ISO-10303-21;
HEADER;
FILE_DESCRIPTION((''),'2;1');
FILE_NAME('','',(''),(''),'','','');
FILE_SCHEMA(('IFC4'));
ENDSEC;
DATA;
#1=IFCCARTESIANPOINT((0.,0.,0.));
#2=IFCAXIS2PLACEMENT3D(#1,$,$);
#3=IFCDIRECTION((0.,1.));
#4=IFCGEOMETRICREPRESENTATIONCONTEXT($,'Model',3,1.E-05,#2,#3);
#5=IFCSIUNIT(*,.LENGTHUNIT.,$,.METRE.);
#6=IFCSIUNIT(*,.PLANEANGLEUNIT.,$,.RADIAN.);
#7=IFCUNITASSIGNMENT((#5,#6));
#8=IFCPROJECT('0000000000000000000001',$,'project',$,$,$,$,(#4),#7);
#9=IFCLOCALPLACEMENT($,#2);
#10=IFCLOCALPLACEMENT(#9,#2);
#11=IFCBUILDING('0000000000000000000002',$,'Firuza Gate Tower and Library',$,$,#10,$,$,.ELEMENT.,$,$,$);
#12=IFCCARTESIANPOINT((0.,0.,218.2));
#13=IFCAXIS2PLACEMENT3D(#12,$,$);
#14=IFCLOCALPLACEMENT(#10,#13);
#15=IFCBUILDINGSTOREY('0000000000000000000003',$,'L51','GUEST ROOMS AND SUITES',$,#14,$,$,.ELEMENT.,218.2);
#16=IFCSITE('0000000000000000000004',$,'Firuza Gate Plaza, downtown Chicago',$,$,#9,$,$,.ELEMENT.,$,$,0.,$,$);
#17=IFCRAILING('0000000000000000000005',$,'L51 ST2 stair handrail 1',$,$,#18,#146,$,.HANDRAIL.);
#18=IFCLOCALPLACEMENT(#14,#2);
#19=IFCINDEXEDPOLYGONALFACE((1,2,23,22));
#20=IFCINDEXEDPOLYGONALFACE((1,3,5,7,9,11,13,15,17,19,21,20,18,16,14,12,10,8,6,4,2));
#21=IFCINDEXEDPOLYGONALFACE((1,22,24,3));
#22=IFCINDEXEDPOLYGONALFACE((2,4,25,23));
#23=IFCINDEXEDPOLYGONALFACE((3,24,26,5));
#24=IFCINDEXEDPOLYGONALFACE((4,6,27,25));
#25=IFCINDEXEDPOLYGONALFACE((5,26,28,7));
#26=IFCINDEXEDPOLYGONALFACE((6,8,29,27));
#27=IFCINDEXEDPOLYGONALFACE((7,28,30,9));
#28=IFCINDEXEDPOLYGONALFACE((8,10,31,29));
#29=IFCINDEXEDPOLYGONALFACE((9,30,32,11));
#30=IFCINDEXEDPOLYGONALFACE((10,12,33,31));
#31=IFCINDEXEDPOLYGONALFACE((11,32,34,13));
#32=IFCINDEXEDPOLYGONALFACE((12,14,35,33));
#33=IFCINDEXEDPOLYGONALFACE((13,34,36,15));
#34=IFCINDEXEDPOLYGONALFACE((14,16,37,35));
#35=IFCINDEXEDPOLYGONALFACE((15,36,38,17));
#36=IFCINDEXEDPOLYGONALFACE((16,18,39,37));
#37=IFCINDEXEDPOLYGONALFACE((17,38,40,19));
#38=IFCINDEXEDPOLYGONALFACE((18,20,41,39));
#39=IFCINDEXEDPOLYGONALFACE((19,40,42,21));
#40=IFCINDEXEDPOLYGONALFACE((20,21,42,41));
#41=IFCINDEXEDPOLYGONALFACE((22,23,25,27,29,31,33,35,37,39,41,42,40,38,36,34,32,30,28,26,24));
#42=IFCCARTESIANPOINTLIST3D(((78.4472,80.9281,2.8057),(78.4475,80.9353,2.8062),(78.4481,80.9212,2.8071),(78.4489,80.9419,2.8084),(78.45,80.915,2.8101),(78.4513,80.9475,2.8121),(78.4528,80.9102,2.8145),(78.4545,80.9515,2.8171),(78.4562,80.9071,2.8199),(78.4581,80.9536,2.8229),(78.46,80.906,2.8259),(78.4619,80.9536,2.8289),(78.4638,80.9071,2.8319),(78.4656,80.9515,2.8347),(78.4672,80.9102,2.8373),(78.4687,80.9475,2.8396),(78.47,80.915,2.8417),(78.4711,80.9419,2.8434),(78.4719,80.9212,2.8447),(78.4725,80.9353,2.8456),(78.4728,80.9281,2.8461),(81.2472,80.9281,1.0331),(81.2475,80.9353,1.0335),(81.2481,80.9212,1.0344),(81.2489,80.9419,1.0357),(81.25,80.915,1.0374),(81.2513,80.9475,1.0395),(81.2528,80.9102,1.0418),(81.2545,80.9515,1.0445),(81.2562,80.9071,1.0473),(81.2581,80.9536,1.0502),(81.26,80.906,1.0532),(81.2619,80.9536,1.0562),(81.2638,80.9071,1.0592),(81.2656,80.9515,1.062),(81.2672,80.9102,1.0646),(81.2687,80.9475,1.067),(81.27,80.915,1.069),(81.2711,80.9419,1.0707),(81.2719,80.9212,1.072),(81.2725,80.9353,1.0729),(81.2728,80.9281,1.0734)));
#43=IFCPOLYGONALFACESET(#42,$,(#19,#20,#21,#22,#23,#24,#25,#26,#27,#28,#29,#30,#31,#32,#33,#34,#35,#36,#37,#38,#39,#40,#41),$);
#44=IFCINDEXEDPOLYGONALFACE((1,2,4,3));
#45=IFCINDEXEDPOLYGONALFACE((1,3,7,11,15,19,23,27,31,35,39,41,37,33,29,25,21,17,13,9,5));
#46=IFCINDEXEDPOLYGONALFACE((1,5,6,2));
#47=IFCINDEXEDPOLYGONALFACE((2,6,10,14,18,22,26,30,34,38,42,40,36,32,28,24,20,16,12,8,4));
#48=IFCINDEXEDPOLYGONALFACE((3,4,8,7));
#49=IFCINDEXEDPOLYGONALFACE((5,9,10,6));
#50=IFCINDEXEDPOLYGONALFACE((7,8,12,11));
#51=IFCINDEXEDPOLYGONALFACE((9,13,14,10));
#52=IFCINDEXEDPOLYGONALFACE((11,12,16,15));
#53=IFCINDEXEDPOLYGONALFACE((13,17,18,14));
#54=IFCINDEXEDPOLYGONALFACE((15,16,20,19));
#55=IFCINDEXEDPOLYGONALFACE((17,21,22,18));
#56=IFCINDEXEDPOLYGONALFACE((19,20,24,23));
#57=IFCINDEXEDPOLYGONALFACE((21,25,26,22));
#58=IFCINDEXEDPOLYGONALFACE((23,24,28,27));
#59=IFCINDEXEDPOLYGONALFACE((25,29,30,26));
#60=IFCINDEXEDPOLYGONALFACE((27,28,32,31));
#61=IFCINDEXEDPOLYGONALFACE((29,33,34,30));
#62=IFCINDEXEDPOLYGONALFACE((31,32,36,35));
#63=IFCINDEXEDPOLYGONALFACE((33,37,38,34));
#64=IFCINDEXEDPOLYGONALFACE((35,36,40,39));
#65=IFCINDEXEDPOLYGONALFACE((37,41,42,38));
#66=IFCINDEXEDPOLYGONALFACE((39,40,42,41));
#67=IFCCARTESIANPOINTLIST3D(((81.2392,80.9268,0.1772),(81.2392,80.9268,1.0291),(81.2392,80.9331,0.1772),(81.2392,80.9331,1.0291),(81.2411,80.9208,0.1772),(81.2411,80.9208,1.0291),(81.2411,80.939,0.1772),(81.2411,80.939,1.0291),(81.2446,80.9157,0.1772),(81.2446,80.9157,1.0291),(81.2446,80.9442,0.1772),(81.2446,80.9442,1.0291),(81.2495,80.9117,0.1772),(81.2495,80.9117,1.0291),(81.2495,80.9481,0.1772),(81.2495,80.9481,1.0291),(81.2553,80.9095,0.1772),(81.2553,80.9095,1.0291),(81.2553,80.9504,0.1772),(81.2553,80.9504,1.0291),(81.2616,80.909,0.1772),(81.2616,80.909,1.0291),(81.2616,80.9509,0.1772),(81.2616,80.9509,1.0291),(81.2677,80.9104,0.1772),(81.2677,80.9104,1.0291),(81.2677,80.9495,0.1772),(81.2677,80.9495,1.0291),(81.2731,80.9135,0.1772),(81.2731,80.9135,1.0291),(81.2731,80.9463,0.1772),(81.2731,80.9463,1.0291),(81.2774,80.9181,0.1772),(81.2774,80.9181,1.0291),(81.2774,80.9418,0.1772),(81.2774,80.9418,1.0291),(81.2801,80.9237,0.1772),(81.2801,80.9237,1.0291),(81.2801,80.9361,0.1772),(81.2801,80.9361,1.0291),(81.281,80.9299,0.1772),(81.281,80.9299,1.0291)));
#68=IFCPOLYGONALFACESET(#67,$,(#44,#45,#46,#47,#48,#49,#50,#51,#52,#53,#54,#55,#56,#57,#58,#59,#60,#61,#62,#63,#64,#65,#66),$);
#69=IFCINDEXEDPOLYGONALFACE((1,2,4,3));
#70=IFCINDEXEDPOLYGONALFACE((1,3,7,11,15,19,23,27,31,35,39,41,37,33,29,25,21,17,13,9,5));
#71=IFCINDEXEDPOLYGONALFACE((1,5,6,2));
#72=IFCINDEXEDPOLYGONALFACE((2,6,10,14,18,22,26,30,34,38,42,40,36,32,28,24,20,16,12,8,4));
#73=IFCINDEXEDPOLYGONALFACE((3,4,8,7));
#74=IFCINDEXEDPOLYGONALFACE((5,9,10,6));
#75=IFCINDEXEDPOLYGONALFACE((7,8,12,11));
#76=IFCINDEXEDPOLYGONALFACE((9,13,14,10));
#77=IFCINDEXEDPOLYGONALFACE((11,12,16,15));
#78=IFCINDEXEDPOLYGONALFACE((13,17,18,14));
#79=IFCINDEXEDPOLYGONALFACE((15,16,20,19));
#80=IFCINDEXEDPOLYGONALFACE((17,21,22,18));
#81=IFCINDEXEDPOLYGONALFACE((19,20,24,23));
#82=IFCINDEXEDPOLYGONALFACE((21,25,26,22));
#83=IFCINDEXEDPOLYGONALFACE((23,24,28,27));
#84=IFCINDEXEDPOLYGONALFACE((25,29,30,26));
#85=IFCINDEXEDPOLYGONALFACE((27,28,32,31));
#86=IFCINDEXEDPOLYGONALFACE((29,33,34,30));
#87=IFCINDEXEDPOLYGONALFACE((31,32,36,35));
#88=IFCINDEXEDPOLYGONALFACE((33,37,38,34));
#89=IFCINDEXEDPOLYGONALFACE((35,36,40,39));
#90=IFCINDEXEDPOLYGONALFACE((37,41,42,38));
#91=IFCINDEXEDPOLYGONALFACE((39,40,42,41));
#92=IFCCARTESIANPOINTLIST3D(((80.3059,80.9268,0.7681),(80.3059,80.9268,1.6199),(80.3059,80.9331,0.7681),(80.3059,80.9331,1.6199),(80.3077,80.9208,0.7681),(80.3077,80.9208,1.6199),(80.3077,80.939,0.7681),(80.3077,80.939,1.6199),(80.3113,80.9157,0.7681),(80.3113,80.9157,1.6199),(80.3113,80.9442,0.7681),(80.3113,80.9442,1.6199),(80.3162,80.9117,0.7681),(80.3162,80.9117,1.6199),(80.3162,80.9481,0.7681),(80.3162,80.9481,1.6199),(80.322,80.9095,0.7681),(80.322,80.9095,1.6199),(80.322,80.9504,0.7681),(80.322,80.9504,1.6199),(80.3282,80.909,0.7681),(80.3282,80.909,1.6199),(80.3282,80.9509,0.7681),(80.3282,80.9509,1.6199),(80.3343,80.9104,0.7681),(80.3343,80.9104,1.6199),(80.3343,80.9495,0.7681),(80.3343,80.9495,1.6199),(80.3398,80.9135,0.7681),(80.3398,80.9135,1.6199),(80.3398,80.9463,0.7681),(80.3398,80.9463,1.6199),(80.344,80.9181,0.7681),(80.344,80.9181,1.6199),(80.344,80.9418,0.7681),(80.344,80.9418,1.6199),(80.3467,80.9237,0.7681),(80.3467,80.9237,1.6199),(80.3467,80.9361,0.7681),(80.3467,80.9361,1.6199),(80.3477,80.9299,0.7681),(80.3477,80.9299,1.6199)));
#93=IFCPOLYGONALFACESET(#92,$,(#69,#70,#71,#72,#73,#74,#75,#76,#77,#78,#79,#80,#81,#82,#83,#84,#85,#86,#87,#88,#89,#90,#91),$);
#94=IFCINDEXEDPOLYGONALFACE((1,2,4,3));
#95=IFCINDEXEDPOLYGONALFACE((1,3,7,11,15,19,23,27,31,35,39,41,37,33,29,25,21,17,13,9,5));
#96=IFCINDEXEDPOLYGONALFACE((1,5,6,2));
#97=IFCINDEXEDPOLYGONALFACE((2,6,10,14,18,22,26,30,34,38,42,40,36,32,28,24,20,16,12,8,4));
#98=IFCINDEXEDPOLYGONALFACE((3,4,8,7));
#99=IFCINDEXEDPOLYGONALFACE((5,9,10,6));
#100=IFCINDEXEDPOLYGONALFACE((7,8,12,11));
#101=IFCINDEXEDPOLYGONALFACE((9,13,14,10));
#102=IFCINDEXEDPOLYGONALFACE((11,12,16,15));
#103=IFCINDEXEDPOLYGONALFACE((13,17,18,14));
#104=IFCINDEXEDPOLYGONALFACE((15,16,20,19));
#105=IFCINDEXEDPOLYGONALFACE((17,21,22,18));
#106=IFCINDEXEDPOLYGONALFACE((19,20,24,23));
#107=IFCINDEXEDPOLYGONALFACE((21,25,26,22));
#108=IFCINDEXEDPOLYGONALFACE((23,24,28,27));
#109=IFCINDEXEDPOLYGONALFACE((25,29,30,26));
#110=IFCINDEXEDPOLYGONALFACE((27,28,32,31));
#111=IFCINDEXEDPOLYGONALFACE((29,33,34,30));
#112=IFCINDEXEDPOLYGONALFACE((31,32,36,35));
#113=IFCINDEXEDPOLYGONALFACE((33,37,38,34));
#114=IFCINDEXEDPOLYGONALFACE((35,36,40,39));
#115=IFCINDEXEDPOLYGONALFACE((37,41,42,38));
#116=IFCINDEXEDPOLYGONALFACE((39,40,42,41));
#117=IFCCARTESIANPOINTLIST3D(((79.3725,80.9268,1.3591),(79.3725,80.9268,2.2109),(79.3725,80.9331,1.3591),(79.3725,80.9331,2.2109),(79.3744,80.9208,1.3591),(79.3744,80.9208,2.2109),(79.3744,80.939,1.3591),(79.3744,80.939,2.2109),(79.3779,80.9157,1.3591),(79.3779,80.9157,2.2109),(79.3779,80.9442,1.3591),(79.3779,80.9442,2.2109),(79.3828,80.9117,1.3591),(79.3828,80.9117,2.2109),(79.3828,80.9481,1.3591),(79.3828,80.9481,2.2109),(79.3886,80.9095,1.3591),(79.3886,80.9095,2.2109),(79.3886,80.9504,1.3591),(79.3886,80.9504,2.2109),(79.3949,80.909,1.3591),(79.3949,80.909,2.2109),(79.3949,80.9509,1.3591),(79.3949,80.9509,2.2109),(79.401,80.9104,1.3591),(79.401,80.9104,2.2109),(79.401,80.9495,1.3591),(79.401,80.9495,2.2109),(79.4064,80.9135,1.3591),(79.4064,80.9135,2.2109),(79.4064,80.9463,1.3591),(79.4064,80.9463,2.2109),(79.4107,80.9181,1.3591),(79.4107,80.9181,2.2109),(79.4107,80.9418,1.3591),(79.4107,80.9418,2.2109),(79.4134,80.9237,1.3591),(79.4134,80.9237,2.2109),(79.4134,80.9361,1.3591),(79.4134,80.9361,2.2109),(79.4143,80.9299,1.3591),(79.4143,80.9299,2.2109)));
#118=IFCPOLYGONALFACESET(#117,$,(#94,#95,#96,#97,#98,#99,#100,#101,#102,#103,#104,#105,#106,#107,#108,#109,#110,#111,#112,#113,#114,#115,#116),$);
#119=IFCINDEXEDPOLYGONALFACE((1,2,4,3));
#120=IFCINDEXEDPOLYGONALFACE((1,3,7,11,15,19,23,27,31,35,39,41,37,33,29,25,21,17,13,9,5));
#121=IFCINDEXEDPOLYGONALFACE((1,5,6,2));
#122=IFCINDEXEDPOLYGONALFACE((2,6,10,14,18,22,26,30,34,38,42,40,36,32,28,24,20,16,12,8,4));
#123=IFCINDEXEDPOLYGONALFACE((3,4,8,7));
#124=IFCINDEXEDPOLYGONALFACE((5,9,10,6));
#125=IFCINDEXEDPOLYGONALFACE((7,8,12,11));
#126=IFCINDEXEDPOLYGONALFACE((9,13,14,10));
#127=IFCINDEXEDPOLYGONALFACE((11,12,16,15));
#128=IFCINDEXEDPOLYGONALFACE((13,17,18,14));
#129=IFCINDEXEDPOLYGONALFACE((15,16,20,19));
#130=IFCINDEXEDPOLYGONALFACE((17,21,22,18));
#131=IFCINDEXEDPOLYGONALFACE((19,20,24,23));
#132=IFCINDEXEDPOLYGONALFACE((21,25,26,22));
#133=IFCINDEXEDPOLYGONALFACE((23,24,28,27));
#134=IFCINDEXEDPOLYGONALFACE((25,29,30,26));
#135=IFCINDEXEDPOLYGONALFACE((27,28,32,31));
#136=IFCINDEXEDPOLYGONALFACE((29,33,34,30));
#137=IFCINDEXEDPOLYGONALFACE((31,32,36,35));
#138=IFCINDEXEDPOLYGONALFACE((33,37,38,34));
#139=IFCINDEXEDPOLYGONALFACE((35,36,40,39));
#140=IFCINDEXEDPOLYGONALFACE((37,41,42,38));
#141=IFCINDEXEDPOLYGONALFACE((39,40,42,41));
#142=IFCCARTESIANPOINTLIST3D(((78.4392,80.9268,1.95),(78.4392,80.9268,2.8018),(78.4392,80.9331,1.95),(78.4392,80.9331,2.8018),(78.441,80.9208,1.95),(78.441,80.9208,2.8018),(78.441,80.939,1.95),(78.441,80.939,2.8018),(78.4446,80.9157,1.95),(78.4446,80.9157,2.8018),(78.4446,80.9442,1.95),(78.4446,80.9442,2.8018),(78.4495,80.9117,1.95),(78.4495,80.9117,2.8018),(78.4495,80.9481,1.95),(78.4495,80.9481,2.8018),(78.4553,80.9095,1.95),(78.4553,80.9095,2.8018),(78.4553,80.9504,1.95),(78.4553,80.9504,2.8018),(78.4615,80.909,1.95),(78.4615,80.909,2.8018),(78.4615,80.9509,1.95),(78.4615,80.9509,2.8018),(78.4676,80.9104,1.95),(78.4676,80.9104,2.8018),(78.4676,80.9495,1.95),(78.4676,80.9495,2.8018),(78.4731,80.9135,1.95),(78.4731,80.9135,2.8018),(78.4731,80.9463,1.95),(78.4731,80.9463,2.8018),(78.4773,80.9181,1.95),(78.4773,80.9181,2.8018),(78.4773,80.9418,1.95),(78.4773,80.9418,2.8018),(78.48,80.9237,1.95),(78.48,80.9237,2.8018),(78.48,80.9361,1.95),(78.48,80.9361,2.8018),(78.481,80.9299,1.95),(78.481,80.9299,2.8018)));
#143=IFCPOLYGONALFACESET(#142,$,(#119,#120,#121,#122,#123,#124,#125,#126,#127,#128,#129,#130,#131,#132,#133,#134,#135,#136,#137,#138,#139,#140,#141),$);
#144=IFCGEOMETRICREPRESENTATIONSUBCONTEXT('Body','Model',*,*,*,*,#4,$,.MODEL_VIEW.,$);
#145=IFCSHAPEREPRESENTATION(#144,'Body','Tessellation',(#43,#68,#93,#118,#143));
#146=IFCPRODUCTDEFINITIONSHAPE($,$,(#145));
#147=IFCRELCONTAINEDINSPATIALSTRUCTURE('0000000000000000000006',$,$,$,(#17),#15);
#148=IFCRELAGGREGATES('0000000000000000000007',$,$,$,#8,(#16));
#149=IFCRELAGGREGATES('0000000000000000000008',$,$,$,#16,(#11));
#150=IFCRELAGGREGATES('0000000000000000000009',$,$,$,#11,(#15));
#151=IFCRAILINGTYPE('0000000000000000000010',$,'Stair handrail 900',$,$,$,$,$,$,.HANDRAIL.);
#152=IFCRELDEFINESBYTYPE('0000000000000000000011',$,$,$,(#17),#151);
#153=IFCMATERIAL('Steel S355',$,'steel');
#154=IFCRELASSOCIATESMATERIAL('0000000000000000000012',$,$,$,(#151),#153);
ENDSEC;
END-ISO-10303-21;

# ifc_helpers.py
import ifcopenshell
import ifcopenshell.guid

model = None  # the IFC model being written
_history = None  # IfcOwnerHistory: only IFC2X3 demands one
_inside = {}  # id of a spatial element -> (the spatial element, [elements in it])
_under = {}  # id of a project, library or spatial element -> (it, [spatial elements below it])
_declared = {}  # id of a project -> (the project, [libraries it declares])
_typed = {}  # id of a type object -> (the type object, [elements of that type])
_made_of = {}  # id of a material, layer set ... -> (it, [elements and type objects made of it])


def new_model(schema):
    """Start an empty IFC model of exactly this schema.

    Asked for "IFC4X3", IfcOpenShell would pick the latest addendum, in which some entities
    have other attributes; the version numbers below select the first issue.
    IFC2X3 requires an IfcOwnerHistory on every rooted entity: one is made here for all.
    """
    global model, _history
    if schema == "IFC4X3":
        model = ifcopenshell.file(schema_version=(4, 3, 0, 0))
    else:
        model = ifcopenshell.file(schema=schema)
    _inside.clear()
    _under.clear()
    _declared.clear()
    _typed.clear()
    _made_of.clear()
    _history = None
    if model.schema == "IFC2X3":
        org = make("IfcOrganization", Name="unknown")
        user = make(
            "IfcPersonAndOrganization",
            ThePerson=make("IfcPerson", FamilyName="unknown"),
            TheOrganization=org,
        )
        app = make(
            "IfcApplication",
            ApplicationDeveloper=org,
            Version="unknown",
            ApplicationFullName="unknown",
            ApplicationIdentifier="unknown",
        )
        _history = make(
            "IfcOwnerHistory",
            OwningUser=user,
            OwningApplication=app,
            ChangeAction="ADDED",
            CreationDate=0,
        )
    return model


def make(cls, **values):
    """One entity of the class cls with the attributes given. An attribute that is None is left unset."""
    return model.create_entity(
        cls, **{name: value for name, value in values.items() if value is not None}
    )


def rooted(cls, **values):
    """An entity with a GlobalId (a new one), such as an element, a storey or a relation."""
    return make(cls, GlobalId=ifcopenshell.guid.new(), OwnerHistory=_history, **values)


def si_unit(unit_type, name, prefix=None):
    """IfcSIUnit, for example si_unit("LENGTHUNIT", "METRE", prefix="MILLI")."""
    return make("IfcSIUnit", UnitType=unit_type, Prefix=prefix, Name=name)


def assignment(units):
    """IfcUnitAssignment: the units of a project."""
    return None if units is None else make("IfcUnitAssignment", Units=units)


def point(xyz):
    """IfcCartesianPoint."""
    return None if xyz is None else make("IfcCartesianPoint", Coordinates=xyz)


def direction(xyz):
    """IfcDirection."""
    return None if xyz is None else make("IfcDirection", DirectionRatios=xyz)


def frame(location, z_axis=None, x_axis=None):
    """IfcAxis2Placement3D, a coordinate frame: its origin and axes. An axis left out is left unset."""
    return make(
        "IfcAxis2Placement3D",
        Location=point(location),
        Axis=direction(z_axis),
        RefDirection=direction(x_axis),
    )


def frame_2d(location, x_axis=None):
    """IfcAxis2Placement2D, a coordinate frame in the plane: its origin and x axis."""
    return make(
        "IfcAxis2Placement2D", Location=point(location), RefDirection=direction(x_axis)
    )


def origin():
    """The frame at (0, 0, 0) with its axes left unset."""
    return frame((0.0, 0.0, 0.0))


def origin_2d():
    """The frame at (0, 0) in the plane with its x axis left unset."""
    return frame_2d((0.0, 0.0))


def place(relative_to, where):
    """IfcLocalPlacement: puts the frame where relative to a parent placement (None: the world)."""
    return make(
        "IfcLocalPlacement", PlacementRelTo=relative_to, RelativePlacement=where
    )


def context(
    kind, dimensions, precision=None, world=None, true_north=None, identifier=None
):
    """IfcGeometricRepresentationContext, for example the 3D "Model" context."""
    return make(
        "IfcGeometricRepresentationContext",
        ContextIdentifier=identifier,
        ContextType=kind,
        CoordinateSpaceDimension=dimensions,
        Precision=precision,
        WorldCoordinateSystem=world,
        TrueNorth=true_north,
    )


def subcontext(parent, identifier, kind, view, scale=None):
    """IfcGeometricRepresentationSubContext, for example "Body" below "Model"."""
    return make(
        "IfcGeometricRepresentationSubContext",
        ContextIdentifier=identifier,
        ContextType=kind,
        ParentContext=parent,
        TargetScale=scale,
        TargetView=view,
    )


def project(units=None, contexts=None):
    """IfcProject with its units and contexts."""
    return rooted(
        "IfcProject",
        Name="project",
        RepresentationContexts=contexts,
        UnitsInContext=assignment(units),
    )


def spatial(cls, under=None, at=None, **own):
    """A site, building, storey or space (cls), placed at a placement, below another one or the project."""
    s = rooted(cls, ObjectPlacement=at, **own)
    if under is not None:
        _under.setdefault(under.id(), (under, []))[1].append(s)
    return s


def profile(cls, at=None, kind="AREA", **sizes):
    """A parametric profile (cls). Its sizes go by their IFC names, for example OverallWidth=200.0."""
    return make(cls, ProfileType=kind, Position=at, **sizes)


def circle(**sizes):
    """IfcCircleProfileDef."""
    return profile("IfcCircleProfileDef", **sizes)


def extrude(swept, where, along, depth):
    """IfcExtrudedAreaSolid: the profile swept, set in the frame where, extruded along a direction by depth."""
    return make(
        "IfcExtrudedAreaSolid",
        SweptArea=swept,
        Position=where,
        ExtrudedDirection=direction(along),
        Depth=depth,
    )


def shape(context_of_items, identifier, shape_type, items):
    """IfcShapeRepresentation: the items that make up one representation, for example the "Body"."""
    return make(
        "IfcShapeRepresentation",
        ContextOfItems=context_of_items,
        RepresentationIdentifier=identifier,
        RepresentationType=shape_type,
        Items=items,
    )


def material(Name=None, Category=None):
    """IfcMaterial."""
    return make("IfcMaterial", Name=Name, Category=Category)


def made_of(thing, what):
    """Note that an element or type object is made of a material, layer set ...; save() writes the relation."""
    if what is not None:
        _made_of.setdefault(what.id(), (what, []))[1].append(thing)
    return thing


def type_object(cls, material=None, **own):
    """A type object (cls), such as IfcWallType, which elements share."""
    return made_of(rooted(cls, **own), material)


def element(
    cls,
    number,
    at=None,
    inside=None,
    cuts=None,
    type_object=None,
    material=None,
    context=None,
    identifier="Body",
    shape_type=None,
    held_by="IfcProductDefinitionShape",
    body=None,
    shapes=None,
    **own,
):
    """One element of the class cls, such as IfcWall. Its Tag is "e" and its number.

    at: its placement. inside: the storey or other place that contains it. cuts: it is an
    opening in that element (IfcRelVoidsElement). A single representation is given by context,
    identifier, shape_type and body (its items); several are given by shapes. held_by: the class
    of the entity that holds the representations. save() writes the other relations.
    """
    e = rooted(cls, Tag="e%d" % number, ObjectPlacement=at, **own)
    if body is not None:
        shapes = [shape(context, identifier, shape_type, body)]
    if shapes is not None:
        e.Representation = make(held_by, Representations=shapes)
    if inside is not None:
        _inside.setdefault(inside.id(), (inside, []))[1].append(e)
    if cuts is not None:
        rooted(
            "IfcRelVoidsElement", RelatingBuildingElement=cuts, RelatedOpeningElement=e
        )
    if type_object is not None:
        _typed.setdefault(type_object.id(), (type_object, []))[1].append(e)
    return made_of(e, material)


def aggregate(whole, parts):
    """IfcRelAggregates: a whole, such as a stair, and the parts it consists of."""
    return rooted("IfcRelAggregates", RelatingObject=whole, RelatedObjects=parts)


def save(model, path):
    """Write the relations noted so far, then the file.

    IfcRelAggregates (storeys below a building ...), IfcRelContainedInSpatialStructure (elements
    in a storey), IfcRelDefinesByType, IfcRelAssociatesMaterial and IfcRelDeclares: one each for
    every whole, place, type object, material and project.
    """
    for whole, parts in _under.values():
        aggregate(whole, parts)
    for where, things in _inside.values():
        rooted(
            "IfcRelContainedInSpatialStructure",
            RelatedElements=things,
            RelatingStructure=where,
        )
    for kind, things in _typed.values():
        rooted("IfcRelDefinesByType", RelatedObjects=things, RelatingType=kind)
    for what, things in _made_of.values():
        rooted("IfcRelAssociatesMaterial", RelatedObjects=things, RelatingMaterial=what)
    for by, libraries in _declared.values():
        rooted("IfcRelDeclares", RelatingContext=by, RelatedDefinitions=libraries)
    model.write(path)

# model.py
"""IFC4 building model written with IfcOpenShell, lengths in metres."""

from ifc_helpers import new_model, si_unit, direction, frame, origin, origin_2d, place, context, subcontext, project, spatial, circle, extrude, material, type_object, element, save


model = new_model("IFC4")

# Units and contexts
model_context = context("Model", 3, precision=1e-05, world=origin(), true_north=direction((0.0, 1.0)))
body_context = subcontext(model_context, "Body", "Model", "MODEL_VIEW")
ifc_project = project(units=[si_unit("LENGTHUNIT", "METRE"), si_unit("PLANEANGLEUNIT", "RADIAN")], contexts=[model_context])

# Site, building, storey
site_placement = place(None, origin())
site = spatial("IfcSite", under=ifc_project, at=site_placement, Name="Firuza Gate Plaza, downtown Chicago", CompositionType="ELEMENT", RefElevation=0.0)
building_placement = place(site_placement, origin())
building = spatial("IfcBuilding", under=site, at=building_placement, Name="Firuza Gate Tower and Library", CompositionType="ELEMENT")
storey_placement = place(building_placement, frame((0.0, 0.0, 218.2)))
storey = spatial("IfcBuildingStorey", under=building, at=storey_placement, Name="L51", Description="GUEST ROOMS AND SUITES", CompositionType="ELEMENT", Elevation=218.2)

# Railing
ifc_material_1 = material(Name="Steel S355", Category="steel")
railing_type_1 = type_object("IfcRailingType", Name="Stair handrail 900", PredefinedType="HANDRAIL", material=ifc_material_1)
railing_1_placement = place(storey_placement, frame((81.26, 80.9299, 0.1772)))
element("IfcRailing", 1, at=railing_1_placement, inside=storey, type_object=railing_type_1, Name="L51 ST2 stair handrail 1", PredefinedType="HANDRAIL", context=body_context, shape_type="SweptSolid", body=[
    extrude(circle(Radius=0.0239, at=origin_2d()), frame((0.0, 0.0, 0.876), z_axis=(-0.844909, 0.0, 0.53491), x_axis=(0.0, -1.0, 0.0)), (0.0, 0.0, 1.0), 3.314),
    extrude(circle(Radius=0.021, at=origin_2d()), origin(), (0.0, 0.0, 1.0), 0.8518),
    extrude(circle(Radius=0.021, at=origin_2d()), frame((-0.9333, 0.0, 0.5908)), (0.0, 0.0, 1.0), 0.8518),
    extrude(circle(Radius=0.021, at=origin_2d()), frame((-1.8667, 0.0, 1.1819)), (0.0, 0.0, 1.0), 0.8518),
    extrude(circle(Radius=0.021, at=origin_2d()), frame((-2.8, 0.0, 1.7727)), (0.0, 0.0, 1.0), 0.8518),
])

save(model, "model.ifc")
